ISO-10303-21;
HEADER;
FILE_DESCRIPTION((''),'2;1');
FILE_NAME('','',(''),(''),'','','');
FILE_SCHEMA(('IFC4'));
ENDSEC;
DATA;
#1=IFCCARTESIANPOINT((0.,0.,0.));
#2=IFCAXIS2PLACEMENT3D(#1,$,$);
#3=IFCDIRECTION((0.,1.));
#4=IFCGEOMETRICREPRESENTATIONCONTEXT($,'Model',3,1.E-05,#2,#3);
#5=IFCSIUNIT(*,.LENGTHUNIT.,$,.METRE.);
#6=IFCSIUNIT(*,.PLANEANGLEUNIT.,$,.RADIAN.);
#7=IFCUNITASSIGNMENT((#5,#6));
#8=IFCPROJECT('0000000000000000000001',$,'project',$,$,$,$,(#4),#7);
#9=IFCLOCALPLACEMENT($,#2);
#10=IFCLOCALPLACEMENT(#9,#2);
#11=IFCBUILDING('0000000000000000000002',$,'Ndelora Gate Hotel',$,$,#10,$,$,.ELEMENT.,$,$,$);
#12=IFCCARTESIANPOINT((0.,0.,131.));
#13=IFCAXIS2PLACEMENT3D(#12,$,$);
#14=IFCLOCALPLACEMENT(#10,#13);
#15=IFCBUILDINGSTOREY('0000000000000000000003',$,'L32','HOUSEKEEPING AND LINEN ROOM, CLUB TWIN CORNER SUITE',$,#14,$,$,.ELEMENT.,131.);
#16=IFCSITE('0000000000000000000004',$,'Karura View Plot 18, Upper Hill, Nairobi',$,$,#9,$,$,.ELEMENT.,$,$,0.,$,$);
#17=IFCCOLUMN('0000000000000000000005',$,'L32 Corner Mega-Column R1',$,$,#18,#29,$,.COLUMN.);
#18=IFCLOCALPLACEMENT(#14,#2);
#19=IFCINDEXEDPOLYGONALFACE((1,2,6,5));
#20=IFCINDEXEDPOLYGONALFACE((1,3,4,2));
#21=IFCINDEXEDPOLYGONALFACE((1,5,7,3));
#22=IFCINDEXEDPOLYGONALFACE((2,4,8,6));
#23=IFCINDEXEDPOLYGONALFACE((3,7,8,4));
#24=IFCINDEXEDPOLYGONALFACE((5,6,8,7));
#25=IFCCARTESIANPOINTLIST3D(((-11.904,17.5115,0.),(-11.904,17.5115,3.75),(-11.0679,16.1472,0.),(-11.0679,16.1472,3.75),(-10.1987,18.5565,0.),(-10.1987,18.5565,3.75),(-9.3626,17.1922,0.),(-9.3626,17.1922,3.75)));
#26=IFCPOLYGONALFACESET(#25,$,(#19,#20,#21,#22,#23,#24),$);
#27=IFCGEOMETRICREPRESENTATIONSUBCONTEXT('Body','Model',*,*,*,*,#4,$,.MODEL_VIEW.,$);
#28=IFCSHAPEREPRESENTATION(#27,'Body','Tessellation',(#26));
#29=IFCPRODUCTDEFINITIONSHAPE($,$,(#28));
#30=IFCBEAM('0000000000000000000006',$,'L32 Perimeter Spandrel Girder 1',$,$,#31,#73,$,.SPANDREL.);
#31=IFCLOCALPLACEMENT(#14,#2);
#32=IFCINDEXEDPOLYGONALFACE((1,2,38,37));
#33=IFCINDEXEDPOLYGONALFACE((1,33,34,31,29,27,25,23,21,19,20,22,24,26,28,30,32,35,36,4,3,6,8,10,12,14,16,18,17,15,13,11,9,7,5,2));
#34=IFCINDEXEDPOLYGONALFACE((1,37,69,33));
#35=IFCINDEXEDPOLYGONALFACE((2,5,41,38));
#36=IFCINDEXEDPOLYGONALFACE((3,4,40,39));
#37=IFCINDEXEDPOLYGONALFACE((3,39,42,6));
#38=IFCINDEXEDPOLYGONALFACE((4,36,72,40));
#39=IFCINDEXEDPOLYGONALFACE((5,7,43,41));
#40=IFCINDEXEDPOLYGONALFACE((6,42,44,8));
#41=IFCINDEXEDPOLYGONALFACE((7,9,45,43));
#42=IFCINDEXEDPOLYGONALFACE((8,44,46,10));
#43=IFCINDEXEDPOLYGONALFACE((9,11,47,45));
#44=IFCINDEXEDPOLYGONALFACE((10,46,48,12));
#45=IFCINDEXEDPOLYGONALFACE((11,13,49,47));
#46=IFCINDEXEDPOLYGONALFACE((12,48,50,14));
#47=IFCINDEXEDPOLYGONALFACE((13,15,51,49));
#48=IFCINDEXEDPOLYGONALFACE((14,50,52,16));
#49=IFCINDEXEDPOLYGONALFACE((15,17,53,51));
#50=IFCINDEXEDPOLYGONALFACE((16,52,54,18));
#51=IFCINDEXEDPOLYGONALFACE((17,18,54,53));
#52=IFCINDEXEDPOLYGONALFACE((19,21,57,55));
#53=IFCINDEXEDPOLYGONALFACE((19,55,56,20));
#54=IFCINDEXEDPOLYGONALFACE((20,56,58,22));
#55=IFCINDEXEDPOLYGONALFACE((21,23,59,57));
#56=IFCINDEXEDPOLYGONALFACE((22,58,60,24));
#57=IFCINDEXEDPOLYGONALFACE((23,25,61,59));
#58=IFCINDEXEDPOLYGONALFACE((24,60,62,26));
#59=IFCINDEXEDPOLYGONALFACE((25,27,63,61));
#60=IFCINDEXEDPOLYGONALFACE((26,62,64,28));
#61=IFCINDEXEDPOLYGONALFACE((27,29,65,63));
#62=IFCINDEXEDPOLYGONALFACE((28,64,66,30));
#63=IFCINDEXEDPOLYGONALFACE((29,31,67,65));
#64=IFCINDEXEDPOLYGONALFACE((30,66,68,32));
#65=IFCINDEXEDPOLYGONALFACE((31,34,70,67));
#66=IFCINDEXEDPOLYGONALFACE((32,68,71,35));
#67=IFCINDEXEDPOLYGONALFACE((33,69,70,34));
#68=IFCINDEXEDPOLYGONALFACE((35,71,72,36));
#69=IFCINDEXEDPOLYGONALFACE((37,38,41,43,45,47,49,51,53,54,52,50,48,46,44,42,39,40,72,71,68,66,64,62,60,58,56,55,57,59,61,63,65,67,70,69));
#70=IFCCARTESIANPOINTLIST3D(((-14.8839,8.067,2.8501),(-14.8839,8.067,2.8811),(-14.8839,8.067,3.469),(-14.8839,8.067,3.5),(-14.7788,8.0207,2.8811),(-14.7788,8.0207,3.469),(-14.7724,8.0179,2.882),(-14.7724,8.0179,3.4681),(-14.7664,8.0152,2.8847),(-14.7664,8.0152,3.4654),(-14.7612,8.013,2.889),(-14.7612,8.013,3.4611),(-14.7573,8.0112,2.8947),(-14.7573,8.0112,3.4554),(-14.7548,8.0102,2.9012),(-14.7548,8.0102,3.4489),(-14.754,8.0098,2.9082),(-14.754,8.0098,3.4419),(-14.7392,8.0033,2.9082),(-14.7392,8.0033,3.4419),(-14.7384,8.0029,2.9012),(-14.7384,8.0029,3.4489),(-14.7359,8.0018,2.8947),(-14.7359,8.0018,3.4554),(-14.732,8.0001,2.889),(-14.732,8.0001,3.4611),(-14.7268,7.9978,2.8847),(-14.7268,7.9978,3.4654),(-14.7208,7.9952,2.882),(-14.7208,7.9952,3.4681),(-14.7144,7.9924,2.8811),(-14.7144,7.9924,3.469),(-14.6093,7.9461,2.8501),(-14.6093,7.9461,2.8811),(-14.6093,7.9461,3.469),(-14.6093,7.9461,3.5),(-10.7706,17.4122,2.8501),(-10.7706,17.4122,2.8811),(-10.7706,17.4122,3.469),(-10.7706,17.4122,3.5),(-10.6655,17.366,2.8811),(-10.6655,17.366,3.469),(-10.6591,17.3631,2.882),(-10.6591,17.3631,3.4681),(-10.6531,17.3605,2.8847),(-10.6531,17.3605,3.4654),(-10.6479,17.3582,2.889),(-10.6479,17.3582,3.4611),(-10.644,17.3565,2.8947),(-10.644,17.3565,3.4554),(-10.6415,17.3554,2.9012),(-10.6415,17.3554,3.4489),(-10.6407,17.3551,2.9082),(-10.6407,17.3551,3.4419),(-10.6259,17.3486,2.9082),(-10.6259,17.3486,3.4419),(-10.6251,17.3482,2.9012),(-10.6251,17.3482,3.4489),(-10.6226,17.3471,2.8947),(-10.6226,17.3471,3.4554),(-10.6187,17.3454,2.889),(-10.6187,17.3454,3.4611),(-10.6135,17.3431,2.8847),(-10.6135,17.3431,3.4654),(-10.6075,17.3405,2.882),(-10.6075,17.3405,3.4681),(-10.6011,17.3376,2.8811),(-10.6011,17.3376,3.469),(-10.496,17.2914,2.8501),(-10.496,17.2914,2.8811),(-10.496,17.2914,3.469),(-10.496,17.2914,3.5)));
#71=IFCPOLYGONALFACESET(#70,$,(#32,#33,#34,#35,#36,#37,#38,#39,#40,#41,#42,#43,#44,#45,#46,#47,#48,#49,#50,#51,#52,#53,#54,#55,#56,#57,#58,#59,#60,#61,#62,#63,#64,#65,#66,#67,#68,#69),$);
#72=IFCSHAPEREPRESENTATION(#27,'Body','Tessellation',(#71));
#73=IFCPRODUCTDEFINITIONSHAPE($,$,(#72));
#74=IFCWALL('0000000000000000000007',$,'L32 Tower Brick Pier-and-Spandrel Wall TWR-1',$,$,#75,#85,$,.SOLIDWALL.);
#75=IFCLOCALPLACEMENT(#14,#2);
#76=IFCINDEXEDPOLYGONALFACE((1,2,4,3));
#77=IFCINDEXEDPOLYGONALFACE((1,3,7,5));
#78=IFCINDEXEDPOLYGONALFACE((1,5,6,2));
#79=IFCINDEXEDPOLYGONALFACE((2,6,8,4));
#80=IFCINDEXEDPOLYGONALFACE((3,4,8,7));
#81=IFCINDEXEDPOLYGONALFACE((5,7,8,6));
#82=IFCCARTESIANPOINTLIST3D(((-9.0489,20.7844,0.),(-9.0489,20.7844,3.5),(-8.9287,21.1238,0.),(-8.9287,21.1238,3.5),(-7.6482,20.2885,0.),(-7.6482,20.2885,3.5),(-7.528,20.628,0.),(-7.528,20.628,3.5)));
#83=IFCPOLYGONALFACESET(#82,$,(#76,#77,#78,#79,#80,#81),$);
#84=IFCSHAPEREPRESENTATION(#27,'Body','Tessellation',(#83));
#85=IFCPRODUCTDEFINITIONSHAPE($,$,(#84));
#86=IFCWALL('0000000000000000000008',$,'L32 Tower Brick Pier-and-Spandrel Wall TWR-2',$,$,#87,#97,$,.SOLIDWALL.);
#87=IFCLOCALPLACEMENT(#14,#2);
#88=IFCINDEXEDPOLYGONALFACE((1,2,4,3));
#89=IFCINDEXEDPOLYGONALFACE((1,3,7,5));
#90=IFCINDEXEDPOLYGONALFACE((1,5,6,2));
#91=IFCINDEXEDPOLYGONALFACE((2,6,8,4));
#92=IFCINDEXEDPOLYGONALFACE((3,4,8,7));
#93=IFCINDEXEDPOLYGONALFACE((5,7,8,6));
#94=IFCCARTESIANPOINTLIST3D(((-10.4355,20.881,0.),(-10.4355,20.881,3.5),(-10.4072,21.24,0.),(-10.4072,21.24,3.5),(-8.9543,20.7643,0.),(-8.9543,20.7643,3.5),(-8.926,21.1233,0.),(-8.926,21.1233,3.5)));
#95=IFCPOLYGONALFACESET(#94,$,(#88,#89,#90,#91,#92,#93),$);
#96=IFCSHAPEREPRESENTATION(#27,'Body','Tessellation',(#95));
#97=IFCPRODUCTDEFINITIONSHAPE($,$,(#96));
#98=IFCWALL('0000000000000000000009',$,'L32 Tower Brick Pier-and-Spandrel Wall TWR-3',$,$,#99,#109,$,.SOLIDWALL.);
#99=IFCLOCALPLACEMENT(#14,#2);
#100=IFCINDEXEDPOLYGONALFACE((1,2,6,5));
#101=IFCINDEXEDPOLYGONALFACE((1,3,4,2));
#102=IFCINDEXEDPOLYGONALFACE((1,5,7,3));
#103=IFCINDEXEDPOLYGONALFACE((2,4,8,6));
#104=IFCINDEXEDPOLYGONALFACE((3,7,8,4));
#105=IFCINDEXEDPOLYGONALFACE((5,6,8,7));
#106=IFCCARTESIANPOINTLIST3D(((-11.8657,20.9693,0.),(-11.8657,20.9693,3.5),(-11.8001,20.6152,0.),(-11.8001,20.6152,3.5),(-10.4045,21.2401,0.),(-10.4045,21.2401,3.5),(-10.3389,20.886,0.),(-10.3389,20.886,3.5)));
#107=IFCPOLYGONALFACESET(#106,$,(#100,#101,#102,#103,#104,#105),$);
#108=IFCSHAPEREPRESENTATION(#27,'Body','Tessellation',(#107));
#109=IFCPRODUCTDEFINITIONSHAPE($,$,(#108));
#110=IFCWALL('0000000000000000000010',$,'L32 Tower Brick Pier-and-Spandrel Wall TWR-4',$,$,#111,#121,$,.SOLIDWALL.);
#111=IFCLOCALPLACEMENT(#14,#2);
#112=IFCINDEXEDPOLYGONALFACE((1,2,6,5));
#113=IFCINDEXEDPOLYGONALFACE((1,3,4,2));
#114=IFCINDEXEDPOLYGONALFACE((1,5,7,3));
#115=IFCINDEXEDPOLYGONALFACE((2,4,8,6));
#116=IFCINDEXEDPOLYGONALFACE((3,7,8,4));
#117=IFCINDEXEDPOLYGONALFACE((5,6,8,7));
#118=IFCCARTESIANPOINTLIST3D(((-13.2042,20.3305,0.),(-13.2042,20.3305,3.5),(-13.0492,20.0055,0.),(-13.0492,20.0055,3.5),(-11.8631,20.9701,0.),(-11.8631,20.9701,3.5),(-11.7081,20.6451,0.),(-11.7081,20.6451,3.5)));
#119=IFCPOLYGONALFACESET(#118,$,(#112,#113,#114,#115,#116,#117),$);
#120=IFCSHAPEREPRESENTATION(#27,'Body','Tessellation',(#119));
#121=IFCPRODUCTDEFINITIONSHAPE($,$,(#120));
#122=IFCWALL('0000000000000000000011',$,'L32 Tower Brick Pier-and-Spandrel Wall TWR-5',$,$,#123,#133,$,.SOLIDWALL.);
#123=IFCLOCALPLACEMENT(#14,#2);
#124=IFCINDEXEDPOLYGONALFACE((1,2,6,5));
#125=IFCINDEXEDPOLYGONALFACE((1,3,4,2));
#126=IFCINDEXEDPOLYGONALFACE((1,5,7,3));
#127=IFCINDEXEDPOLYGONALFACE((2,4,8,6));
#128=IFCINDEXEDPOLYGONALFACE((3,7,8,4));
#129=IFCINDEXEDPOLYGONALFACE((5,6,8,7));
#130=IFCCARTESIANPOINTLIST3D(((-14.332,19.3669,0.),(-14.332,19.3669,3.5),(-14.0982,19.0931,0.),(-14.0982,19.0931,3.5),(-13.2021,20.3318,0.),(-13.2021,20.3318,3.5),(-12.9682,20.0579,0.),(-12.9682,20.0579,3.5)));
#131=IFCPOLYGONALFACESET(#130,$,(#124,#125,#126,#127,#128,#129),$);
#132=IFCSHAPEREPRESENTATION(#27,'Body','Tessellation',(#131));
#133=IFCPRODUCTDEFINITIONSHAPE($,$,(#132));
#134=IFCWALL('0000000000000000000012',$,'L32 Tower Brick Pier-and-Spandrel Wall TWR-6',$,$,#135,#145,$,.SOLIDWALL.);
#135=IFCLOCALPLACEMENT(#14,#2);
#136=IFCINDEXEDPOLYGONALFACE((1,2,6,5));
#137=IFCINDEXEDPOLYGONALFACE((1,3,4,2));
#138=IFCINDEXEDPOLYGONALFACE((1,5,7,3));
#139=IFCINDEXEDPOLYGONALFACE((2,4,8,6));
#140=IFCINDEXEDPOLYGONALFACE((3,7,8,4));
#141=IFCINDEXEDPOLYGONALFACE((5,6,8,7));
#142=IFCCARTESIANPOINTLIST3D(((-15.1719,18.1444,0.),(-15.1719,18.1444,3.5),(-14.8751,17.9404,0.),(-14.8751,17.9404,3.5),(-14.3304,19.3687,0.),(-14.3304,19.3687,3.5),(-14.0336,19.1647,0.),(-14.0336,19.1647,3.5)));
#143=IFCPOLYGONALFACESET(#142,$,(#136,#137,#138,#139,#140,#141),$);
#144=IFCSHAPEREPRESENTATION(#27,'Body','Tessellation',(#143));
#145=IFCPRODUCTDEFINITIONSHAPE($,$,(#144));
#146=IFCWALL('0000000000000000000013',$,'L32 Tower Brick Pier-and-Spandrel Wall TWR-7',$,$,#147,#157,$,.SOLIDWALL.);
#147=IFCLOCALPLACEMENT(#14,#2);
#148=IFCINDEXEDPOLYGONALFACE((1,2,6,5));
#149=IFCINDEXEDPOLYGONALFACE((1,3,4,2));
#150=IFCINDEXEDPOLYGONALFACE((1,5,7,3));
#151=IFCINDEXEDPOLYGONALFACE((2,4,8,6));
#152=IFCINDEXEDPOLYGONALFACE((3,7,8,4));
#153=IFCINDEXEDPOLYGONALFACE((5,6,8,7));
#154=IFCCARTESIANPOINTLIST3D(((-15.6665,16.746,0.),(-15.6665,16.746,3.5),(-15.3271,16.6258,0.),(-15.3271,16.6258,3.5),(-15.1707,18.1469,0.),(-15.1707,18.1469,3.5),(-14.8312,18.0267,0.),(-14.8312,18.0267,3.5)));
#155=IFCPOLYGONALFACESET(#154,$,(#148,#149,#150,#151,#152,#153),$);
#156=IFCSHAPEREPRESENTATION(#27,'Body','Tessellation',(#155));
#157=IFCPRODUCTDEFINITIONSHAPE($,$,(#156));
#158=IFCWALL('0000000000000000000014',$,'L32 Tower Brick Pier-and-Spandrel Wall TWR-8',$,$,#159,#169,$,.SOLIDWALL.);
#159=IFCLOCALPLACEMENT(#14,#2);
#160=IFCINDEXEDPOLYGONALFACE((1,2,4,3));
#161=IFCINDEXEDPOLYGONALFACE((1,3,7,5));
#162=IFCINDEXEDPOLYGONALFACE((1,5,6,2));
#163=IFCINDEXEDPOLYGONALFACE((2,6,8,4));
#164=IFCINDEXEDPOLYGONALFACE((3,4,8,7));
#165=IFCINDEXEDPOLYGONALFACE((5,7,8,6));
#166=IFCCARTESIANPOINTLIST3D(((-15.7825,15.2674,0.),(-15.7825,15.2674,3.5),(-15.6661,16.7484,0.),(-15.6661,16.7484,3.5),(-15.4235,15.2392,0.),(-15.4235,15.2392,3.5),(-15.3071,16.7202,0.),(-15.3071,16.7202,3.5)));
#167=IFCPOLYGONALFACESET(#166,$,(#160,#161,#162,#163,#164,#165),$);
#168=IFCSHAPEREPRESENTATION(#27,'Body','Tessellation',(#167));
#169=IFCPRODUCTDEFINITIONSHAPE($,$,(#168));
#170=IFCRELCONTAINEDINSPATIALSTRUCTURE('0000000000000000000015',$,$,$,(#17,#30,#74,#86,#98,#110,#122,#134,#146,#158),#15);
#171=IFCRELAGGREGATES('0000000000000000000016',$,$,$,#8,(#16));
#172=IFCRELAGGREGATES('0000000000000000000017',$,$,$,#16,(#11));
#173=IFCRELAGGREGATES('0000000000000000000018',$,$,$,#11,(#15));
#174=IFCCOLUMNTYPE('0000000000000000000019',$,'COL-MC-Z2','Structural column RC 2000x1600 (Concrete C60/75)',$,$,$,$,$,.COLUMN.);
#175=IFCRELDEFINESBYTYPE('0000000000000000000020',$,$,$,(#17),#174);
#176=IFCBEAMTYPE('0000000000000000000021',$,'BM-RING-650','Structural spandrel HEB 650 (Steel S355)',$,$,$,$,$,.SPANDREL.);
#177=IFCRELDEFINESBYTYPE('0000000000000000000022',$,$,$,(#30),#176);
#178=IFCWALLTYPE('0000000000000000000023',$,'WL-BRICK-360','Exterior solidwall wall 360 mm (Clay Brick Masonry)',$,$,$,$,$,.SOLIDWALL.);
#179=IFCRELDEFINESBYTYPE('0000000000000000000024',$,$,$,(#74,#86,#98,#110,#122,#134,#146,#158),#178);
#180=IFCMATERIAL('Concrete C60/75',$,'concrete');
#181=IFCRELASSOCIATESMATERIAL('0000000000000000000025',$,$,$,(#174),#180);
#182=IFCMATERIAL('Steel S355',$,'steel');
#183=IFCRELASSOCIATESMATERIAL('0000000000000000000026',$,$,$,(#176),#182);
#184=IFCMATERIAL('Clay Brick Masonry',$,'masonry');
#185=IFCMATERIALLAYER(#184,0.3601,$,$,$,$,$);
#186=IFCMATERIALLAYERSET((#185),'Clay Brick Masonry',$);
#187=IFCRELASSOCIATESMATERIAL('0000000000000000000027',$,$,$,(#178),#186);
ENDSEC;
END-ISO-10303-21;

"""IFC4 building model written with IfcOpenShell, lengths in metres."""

from ifc_helpers import new_model, si_unit, direction, frame, frame_2d, origin, origin_2d, place, context, subcontext, project, spatial, rectangle, i_section, extrude, material, layer, layer_set, material_profile, profile_set, type_object, element, save


model = new_model("IFC4")

# Units and contexts
model_context = context("Model", 3, precision=1e-05, world=origin(), true_north=direction((0.0, 1.0)))
body_context = subcontext(model_context, "Body", "Model", "MODEL_VIEW")
ifc_project = project(units=[si_unit("LENGTHUNIT", "METRE"), si_unit("PLANEANGLEUNIT", "RADIAN")], contexts=[model_context])

# Site, building, storey
site_placement = place(None, origin())
site = spatial("IfcSite", under=ifc_project, at=site_placement, Name="Karura View Plot 18, Upper Hill, Nairobi", CompositionType="ELEMENT", RefElevation=0.0)
building_placement = place(site_placement, origin())
building = spatial("IfcBuilding", under=site, at=building_placement, Name="Ndelora Gate Hotel", CompositionType="ELEMENT")
storey_placement = place(building_placement, frame((0.0, 0.0, 131.0)))
storey = spatial("IfcBuildingStorey", under=building, at=storey_placement, Name="L32", Description="HOUSEKEEPING AND LINEN ROOM, CLUB TWIN CORNER SUITE", CompositionType="ELEMENT", Elevation=131.0)

# Column
ifc_material_1 = material(Name="Concrete C60/75", Category="concrete")
ifc_material_profile_1 = material_profile(ifc_material_1, rectangle(XDim=1.6001, YDim=2.0, at=origin_2d()), Name="RC 2000x1600")
ifc_profile_set_1 = profile_set([ifc_material_profile_1], Name="Concrete C60/75")
column_type = type_object("IfcColumnType", Name="COL-MC-Z2", Description="Structural column RC 2000x1600 (Concrete C60/75)", PredefinedType="COLUMN", material=ifc_profile_set_1)
column_placement = place(storey_placement, frame((-10.6333, 17.3518, 0.0), z_axis=(0.0, 0.0, 1.0), x_axis=(-0.522499, 0.85264, 0.0)))
element("IfcColumn", 1, at=column_placement, inside=storey, type_object=column_type, Name="L32 Corner Mega-Column R1", PredefinedType="COLUMN", context=body_context, shape_type="SweptSolid", body=[
    extrude(rectangle(XDim=1.6001, YDim=2.0, at=origin_2d()), origin(), (0.0, 0.0, 1.0), 3.75),
])

# Beam
ifc_material_2 = material(Name="Steel S355", Category="steel")
ifc_material_profile_2 = material_profile(ifc_material_2, i_section(OverallWidth=0.3, OverallDepth=0.6499, WebThickness=0.0161, FlangeThickness=0.031, FilletRadius=0.0271, at=origin_2d()), Name="HEB 650")
ifc_profile_set_2 = profile_set([ifc_material_profile_2], Name="Steel S355")
beam_type = type_object("IfcBeamType", Name="BM-RING-650", Description="Structural spandrel HEB 650 (Steel S355)", PredefinedType="SPANDREL", material=ifc_profile_set_2)
beam_placement = place(storey_placement, frame((-10.6333, 17.3518, 3.175), z_axis=(-0.402852, -0.915265, 0.0), x_axis=(0.915265, -0.402852, 0.0)))
element("IfcBeam", 2, at=beam_placement, inside=storey, type_object=beam_type, Name="L32 Perimeter Spandrel Girder 1", PredefinedType="SPANDREL", context=body_context, shape_type="SweptSolid", body=[
    extrude(i_section(OverallWidth=0.3, OverallDepth=0.6499, WebThickness=0.0161, FlangeThickness=0.031, FilletRadius=0.0271, at=origin_2d()), origin(), (0.0, 0.0, 1.0), 10.2104),
])

# Walls
ifc_material_3 = material(Name="Clay Brick Masonry", Category="masonry")
ifc_layer_1 = layer(ifc_material_3, 0.3601)
ifc_layer_set_1 = layer_set([ifc_layer_1], Name="Clay Brick Masonry")
wall_type_1 = type_object("IfcWallType", Name="WL-BRICK-360", Description="Exterior solidwall wall 360 mm (Clay Brick Masonry)", PredefinedType="SOLIDWALL", material=ifc_layer_set_1)
for number, where, z_axis, x_axis, name in (
    (3, (-8.9888, 20.9541, 0.0), (0.0, 0.0, 1.0), (0.942671, -0.333722, 0.0), "L32 Tower Brick Pier-and-Spandrel Wall TWR-1"),
    (4, (-10.4214, 21.0605, 0.0), (0.0, 0.0, 1.0), (0.996911, -0.078543, 0.0), "L32 Tower Brick Pier-and-Spandrel Wall TWR-2"),
):
    element("IfcWall", number, at=place(storey_placement, frame(where, z_axis=z_axis, x_axis=x_axis)), inside=storey, type_object=wall_type_1, Name=name, PredefinedType="SOLIDWALL", context=body_context, shape_type="SweptSolid", body=[
        extrude(rectangle(XDim=1.4858, YDim=0.3601, at=frame_2d((0.7429, 0.0))), origin(), (0.0, 0.0, 1.0), 3.5),
    ])
wall_1_placement = place(storey_placement, frame((-11.833, 20.7922, 0.0), z_axis=(0.0, 0.0, 1.0), x_axis=(0.983262, 0.182195, 0.0)))
element("IfcWall", 5, at=wall_1_placement, inside=storey, type_object=wall_type_1, Name="L32 Tower Brick Pier-and-Spandrel Wall TWR-3", PredefinedType="SOLIDWALL", context=body_context, shape_type="SweptSolid", body=[
    extrude(rectangle(XDim=1.4861, YDim=0.3601, at=frame_2d((0.7432, 0.0))), origin(), (0.0, 0.0, 1.0), 3.5),
])
for number, where, z_axis, x_axis, name in (
    (6, (-13.1267, 20.168, 0.0), (0.0, 0.0, 1.0), (0.902587, 0.430508, 0.0), "L32 Tower Brick Pier-and-Spandrel Wall TWR-4"),
    (7, (-14.2151, 19.23, 0.0), (0.0, 0.0, 1.0), (0.760462, 0.649383, 0.0), "L32 Tower Brick Pier-and-Spandrel Wall TWR-5"),
):
    element("IfcWall", number, at=place(storey_placement, frame(where, z_axis=z_axis, x_axis=x_axis)), inside=storey, type_object=wall_type_1, Name=name, PredefinedType="SOLIDWALL", context=body_context, shape_type="SweptSolid", body=[
        extrude(rectangle(XDim=1.4858, YDim=0.3601, at=frame_2d((0.7429, 0.0))), origin(), (0.0, 0.0, 1.0), 3.5),
    ])
wall_2_placement = place(storey_placement, frame((-15.0234, 18.0425, 0.0), z_axis=(0.0, 0.0, 1.0), x_axis=(0.566438, 0.824104, 0.0)))
element("IfcWall", 8, at=wall_2_placement, inside=storey, type_object=wall_type_1, Name="L32 Tower Brick Pier-and-Spandrel Wall TWR-6", PredefinedType="SOLIDWALL", context=body_context, shape_type="SweptSolid", body=[
    extrude(rectangle(XDim=1.4856, YDim=0.3601, at=frame_2d((0.7427, 0.0))), origin(), (0.0, 0.0, 1.0), 3.5),
])
wall_3_placement = place(storey_placement, frame((-15.4968, 16.6858, 0.0), z_axis=(0.0, 0.0, 1.0), x_axis=(0.333671, 0.94269, 0.0)))
element("IfcWall", 9, at=wall_3_placement, inside=storey, type_object=wall_type_1, Name="L32 Tower Brick Pier-and-Spandrel Wall TWR-7", PredefinedType="SOLIDWALL", context=body_context, shape_type="SweptSolid", body=[
    extrude(rectangle(XDim=1.4861, YDim=0.3601, at=frame_2d((0.7432, 0.0))), origin(), (0.0, 0.0, 1.0), 3.5),
])
wall_4_placement = place(storey_placement, frame((-15.603, 15.2534, 0.0), z_axis=(0.0, 0.0, 1.0), x_axis=(0.078393, 0.996923, 0.0)))
element("IfcWall", 10, at=wall_4_placement, inside=storey, type_object=wall_type_1, Name="L32 Tower Brick Pier-and-Spandrel Wall TWR-8", PredefinedType="SOLIDWALL", context=body_context, shape_type="SweptSolid", body=[
    extrude(rectangle(XDim=1.4856, YDim=0.3601, at=frame_2d((0.7427, 0.0))), origin(), (0.0, 0.0, 1.0), 3.5),
])

save(model, "model.ifc")
